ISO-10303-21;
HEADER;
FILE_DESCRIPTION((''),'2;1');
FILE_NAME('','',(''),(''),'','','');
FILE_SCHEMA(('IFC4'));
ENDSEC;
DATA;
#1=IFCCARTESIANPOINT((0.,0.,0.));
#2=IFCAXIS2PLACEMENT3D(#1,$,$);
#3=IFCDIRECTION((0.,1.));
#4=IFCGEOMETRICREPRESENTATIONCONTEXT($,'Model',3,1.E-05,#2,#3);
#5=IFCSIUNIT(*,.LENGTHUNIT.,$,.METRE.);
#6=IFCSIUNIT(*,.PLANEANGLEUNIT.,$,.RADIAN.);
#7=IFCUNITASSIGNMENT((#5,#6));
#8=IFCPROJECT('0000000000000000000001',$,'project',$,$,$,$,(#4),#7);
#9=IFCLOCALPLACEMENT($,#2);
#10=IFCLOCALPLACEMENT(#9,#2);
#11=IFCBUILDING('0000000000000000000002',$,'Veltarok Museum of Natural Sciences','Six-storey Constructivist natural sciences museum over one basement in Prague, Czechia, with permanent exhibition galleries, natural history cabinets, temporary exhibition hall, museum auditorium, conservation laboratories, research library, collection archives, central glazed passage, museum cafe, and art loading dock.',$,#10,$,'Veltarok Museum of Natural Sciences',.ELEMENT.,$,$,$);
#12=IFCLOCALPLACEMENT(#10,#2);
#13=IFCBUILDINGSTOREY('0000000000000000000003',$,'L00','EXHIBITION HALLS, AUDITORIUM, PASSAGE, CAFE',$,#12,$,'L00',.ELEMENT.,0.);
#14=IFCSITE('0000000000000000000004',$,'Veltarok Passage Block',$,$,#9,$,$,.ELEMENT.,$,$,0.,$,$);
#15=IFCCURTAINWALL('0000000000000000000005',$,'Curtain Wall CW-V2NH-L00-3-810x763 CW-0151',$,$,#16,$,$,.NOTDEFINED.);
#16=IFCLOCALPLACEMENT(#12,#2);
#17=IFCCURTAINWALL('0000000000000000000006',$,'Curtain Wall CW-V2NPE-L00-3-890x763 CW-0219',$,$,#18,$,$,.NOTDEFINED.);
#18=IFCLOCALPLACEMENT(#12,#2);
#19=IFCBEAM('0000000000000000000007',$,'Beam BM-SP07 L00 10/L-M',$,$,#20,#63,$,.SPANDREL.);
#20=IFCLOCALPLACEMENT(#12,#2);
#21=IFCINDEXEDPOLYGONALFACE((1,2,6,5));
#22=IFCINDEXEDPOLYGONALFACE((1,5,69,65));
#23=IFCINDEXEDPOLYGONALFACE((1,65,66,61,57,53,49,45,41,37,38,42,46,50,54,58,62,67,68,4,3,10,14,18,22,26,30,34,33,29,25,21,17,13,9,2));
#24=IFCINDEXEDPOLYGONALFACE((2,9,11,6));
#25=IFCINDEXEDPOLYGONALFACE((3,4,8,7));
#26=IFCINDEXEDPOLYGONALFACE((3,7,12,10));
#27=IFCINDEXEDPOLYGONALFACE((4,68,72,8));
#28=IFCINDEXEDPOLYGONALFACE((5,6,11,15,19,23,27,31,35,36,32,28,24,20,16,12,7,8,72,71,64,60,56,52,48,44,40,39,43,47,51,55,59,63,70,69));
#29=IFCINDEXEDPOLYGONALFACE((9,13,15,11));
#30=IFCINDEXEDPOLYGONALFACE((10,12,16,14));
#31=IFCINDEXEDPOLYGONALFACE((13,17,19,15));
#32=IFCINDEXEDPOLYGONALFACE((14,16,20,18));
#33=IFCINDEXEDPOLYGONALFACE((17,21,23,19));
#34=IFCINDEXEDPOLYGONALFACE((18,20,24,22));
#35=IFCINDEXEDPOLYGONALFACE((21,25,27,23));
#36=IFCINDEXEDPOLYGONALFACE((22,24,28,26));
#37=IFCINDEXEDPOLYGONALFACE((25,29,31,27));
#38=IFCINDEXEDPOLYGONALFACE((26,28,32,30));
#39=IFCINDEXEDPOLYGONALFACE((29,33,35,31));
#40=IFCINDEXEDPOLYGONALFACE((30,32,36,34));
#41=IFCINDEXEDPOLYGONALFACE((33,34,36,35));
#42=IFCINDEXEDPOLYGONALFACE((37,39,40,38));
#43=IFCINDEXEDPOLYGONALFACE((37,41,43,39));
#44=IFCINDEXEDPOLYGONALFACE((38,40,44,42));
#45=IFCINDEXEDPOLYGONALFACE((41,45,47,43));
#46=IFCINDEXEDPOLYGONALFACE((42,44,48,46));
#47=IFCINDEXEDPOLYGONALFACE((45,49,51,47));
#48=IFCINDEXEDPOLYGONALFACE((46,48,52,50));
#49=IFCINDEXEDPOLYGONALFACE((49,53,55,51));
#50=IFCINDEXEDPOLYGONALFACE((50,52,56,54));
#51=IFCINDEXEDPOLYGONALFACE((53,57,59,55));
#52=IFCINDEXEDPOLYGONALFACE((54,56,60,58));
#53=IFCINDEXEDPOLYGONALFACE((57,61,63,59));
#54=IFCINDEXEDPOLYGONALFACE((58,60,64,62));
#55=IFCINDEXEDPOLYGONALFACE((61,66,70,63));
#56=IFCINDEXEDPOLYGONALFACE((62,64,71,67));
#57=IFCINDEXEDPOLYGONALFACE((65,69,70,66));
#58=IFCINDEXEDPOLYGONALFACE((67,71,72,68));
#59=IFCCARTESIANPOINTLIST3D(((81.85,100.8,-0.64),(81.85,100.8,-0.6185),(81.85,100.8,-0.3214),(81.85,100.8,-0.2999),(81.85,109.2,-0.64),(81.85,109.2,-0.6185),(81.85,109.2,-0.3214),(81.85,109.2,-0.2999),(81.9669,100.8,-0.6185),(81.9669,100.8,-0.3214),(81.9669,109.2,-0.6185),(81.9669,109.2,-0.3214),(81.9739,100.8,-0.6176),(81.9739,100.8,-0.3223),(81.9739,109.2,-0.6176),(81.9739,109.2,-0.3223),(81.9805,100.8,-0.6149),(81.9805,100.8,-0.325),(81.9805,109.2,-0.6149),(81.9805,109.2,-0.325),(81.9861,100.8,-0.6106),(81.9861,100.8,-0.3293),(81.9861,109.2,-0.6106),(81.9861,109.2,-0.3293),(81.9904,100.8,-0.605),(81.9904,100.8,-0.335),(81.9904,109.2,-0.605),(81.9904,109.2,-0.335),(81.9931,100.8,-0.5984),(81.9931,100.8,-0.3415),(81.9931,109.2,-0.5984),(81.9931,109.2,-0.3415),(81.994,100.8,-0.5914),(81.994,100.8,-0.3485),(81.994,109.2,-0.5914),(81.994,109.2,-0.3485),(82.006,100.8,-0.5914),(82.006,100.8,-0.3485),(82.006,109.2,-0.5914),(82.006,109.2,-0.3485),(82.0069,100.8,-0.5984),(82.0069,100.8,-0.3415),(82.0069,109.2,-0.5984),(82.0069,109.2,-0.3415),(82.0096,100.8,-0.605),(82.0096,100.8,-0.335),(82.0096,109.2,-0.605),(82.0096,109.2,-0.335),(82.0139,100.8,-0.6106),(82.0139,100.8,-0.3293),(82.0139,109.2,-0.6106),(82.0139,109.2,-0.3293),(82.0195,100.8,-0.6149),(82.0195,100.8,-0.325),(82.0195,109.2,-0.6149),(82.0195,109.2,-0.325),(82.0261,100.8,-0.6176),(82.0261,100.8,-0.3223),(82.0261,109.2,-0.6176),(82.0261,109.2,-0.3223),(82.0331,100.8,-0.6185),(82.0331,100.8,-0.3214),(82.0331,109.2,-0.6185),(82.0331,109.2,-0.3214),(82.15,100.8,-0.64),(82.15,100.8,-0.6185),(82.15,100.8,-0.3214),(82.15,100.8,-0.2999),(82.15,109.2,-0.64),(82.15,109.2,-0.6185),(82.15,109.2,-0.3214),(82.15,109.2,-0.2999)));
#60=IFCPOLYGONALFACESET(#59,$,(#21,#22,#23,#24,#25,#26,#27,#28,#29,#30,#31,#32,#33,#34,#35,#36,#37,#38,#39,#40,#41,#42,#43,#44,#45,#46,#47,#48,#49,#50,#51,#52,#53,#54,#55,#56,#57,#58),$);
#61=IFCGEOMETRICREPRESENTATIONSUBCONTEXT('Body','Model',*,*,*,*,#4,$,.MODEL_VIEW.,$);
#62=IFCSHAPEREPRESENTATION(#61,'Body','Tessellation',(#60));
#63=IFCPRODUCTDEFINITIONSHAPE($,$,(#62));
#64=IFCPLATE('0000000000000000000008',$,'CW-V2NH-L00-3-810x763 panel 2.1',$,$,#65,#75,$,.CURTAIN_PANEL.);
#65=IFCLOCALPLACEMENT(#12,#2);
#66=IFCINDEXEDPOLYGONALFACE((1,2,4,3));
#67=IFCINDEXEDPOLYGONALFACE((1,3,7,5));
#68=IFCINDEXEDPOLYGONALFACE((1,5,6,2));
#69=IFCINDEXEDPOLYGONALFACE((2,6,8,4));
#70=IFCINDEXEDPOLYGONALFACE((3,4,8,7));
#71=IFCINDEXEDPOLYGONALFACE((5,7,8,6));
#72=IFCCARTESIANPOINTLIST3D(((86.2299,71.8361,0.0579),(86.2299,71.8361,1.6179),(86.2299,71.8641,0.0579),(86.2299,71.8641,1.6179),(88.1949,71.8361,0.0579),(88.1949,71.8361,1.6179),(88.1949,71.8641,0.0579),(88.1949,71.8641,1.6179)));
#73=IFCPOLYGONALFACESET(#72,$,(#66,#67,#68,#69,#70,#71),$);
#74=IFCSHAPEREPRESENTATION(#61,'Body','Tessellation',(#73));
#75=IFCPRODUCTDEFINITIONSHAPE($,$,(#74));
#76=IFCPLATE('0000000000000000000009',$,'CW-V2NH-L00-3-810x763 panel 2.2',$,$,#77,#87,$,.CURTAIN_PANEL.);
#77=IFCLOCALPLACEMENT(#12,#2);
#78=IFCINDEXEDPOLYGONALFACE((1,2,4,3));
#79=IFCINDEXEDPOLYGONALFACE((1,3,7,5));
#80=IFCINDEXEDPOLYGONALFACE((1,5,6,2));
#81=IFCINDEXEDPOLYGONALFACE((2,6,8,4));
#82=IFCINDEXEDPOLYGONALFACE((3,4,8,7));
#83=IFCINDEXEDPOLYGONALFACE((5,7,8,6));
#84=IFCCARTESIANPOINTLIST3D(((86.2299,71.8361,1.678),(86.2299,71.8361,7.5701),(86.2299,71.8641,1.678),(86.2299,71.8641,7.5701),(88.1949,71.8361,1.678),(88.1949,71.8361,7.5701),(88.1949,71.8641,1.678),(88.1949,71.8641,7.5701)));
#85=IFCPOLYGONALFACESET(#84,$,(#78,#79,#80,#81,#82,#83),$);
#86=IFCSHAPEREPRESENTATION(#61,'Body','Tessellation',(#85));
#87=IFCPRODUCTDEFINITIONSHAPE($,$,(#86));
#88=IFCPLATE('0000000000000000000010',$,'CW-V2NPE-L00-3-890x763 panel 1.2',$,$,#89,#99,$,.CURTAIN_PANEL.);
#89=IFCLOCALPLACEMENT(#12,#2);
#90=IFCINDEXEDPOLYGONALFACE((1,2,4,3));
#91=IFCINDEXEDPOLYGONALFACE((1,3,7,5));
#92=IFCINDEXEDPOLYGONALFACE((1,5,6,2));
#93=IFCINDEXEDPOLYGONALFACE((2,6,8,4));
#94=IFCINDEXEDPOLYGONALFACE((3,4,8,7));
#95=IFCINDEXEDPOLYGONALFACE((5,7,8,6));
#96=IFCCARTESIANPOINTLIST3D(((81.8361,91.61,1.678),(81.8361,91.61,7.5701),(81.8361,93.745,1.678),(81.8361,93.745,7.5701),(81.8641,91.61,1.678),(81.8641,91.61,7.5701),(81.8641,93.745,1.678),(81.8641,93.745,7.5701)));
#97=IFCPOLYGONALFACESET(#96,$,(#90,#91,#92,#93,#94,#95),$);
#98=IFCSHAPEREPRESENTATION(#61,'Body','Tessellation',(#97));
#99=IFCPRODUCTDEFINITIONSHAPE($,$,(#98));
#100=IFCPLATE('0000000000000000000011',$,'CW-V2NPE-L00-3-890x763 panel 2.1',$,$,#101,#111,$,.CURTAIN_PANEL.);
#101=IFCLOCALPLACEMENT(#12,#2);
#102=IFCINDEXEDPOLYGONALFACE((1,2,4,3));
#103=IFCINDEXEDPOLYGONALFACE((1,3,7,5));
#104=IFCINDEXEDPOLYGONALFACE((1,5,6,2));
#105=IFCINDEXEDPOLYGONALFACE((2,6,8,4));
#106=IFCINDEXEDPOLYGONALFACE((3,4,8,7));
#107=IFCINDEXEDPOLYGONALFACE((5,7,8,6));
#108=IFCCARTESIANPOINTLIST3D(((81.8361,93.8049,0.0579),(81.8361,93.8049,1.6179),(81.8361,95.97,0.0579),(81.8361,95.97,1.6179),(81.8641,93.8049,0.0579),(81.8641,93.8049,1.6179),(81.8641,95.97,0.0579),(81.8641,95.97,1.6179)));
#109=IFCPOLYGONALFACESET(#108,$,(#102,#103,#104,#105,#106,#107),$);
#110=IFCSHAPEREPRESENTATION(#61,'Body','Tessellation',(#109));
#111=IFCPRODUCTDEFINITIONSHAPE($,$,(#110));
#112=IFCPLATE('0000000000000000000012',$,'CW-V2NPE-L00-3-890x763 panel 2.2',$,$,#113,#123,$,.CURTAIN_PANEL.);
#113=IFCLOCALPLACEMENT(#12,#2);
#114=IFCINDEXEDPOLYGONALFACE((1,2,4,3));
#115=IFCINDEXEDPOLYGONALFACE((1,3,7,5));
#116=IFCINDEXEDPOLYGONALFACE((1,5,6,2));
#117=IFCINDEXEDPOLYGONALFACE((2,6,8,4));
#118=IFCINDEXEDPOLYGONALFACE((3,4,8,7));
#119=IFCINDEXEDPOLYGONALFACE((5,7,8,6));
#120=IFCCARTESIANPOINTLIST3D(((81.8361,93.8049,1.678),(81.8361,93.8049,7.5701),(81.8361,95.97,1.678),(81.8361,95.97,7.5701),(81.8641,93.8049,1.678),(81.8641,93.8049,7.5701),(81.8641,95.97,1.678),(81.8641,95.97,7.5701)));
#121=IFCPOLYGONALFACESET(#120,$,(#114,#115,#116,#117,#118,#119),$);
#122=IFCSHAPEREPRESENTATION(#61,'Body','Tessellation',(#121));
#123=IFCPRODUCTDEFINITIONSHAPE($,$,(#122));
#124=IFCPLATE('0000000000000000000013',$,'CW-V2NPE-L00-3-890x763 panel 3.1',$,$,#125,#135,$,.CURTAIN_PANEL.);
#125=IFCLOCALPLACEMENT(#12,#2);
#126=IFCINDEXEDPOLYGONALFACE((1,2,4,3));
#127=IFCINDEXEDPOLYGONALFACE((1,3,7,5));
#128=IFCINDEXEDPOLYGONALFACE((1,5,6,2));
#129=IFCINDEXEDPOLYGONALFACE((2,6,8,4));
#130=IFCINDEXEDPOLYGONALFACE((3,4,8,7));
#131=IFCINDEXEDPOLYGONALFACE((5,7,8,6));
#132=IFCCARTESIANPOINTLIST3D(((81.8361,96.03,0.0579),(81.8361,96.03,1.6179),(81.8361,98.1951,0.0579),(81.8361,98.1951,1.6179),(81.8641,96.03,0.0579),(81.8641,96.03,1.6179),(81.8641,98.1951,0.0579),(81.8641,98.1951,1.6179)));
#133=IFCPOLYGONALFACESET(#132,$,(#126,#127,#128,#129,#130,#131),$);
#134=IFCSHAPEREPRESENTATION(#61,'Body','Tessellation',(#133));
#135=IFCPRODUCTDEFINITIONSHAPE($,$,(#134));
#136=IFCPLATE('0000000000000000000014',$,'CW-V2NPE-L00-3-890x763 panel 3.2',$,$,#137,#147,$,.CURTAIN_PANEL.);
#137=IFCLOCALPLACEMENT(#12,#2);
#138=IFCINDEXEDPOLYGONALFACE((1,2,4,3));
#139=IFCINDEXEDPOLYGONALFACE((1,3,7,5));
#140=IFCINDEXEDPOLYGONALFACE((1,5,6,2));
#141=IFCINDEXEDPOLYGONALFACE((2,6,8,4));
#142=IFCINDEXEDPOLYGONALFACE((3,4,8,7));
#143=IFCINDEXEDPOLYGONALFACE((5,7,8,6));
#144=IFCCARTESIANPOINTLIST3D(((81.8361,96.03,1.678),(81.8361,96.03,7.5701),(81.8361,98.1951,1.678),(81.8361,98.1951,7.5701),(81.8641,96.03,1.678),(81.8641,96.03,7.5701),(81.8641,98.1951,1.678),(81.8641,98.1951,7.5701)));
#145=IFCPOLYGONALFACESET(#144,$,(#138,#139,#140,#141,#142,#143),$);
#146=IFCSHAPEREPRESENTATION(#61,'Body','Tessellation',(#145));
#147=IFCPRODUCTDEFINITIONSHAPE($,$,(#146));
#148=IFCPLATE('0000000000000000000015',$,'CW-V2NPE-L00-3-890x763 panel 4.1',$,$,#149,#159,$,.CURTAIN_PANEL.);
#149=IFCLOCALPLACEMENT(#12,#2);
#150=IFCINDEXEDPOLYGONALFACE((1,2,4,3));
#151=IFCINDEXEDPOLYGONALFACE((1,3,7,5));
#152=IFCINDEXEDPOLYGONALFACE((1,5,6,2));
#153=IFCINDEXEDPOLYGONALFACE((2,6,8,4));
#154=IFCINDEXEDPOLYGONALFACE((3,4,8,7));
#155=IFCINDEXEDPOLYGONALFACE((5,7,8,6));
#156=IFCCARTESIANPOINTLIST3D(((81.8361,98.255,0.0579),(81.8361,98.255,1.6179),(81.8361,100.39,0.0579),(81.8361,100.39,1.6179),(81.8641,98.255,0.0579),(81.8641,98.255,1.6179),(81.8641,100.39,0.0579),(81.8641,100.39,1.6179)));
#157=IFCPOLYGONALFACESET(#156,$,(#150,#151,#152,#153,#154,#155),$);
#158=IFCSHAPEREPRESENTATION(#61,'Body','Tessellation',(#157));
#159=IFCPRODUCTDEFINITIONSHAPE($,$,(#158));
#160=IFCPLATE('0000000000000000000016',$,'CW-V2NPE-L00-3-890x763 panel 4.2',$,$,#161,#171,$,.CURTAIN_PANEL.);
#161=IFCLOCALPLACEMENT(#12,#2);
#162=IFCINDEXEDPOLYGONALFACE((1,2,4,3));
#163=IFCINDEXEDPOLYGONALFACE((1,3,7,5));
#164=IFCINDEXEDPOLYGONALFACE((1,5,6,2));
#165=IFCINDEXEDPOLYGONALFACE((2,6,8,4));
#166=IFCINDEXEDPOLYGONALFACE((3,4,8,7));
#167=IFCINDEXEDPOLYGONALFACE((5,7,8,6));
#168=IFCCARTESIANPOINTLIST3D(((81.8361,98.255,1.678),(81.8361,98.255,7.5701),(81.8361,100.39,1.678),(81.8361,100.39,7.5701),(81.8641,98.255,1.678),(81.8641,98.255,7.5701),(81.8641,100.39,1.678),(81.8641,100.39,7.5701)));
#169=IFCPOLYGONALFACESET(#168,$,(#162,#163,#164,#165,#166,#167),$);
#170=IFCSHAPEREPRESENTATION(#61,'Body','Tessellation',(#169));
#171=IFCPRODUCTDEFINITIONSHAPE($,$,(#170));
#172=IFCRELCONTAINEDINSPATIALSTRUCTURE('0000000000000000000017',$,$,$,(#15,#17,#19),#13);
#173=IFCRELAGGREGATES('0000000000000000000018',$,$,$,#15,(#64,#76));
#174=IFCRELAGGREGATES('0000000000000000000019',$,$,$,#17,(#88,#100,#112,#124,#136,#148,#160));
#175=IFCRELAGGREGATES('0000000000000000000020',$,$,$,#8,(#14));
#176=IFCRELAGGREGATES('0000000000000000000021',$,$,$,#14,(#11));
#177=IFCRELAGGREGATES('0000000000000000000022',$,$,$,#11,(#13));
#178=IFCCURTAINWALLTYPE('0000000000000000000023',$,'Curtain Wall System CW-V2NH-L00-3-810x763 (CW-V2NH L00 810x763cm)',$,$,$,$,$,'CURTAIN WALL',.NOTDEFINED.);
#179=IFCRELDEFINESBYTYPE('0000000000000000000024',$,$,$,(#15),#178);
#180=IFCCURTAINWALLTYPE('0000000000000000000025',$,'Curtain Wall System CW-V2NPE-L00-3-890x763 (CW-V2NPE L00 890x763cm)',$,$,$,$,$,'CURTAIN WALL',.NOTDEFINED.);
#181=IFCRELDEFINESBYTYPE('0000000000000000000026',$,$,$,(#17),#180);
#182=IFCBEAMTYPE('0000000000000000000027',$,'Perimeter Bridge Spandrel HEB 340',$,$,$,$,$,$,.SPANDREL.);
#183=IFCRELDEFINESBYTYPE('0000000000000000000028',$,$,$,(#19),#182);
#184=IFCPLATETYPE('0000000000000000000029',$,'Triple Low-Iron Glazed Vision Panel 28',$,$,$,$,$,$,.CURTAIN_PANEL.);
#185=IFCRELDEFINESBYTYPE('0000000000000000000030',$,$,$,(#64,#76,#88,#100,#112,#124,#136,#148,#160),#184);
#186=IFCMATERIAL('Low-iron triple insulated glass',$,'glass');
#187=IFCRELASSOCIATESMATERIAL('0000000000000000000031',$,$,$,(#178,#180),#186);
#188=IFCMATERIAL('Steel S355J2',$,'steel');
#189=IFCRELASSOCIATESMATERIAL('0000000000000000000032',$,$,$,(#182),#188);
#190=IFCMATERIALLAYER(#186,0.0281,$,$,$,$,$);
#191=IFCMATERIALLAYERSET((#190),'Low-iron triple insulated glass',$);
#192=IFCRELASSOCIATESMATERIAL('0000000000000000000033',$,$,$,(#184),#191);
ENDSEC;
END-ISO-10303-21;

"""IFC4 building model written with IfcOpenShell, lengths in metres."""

from ifc_helpers import new_model, si_unit, direction, frame, origin, origin_2d, place, context, subcontext, project, spatial, rectangle, i_section, extrude, material, layer, layer_set, material_profile, profile_set, type_object, element, aggregate, save


model = new_model("IFC4")

# Units and contexts
model_context = context("Model", 3, precision=1e-05, world=origin(), true_north=direction((0.0, 1.0)))
body_context = subcontext(model_context, "Body", "Model", "MODEL_VIEW")
ifc_project = project(units=[si_unit("LENGTHUNIT", "METRE"), si_unit("PLANEANGLEUNIT", "RADIAN")], contexts=[model_context])

# Site, building, storey
site_placement = place(None, origin())
site = spatial("IfcSite", under=ifc_project, at=site_placement, Name="Veltarok Passage Block", CompositionType="ELEMENT", RefElevation=0.0)
building_placement = place(site_placement, origin())
building = spatial("IfcBuilding", under=site, at=building_placement, Name="Veltarok Museum of Natural Sciences", Description="Six-storey Constructivist natural sciences museum over one basement in Prague, Czechia, with permanent exhibition galleries, natural history cabinets, temporary exhibition hall, museum auditorium, conservation laboratories, research library, collection archives, central glazed passage, museum cafe, and art loading dock.", LongName="Veltarok Museum of Natural Sciences", CompositionType="ELEMENT")
storey_placement = place(building_placement, origin())
storey = spatial("IfcBuildingStorey", under=building, at=storey_placement, Name="L00", Description="EXHIBITION HALLS, AUDITORIUM, PASSAGE, CAFE", LongName="L00", CompositionType="ELEMENT", Elevation=0.0)

# Shared definitions
ifc_material_1 = material(Name="Steel S355J2", Category="steel")

# Curtain walls
ifc_material_2 = material(Name="Low-iron triple insulated glass", Category="glass")
curtain_wall_type_1 = type_object("IfcCurtainWallType", Name="Curtain Wall System CW-V2NH-L00-3-810x763 (CW-V2NH L00 810x763cm)", ElementType="CURTAIN WALL", PredefinedType="NOTDEFINED", material=ifc_material_2)
curtain_wall_1_placement = place(storey_placement, origin())
curtain_wall_1 = element("IfcCurtainWall", 1, at=curtain_wall_1_placement, inside=storey, type_object=curtain_wall_type_1, Name="Curtain Wall CW-V2NH-L00-3-810x763 CW-0151", PredefinedType="NOTDEFINED")
curtain_wall_type_2 = type_object("IfcCurtainWallType", Name="Curtain Wall System CW-V2NPE-L00-3-890x763 (CW-V2NPE L00 890x763cm)", ElementType="CURTAIN WALL", PredefinedType="NOTDEFINED", material=ifc_material_2)
curtain_wall_2_placement = place(storey_placement, origin())
curtain_wall_2 = element("IfcCurtainWall", 2, at=curtain_wall_2_placement, inside=storey, type_object=curtain_wall_type_2, Name="Curtain Wall CW-V2NPE-L00-3-890x763 CW-0219", PredefinedType="NOTDEFINED")

# Beam
ifc_material_profile_1 = material_profile(ifc_material_1, i_section(OverallWidth=0.3, OverallDepth=0.3401, WebThickness=0.012, FlangeThickness=0.0215, FilletRadius=0.0271, at=origin_2d()), Name="HEB 340")
ifc_profile_set_1 = profile_set([ifc_material_profile_1], Name="Steel S355J2")
beam_type = type_object("IfcBeamType", Name="Perimeter Bridge Spandrel HEB 340", PredefinedType="SPANDREL", material=ifc_profile_set_1)
beam_1_placement = place(storey_placement, frame((82.0, 100.8, -0.47), z_axis=(0.0, 1.0, 0.0), x_axis=(-1.0, 0.0, 0.0)))
element("IfcBeam", 3, at=beam_1_placement, inside=storey, type_object=beam_type, Name="Beam BM-SP07 L00 10/L-M", PredefinedType="SPANDREL", context=body_context, shape_type="SweptSolid", body=[
    extrude(i_section(OverallWidth=0.3, OverallDepth=0.3401, WebThickness=0.012, FlangeThickness=0.0215, FilletRadius=0.0271, at=origin_2d()), origin(), (0.0, 0.0, 1.0), 8.3999),
])

# Plates
ifc_layer = layer(ifc_material_2, 0.0281)
ifc_layer_set = layer_set([ifc_layer], Name="Low-iron triple insulated glass")
plate_type = type_object("IfcPlateType", Name="Triple Low-Iron Glazed Vision Panel 28", PredefinedType="CURTAIN_PANEL", material=ifc_layer_set)
plate_1_placement = place(storey_placement, frame((87.2124, 71.8501, 0.0579), z_axis=(0.0, 0.0, 1.0), x_axis=(-1.0, 0.0, 0.0)))
plate_1 = element("IfcPlate", 4, at=plate_1_placement, type_object=plate_type, Name="CW-V2NH-L00-3-810x763 panel 2.1", PredefinedType="CURTAIN_PANEL", context=body_context, shape_type="SweptSolid", body=[
    extrude(rectangle(XDim=1.9651, YDim=0.0281, at=origin_2d()), origin(), (0.0, 0.0, 1.0), 1.5601),
])
plate_2_placement = place(storey_placement, frame((87.2124, 71.8501, 1.678), z_axis=(0.0, 0.0, 1.0), x_axis=(-1.0, 0.0, 0.0)))
plate_2 = element("IfcPlate", 5, at=plate_2_placement, type_object=plate_type, Name="CW-V2NH-L00-3-810x763 panel 2.2", PredefinedType="CURTAIN_PANEL", context=body_context, shape_type="SweptSolid", body=[
    extrude(rectangle(XDim=1.9651, YDim=0.0281, at=origin_2d()), origin(), (0.0, 0.0, 1.0), 5.8921),
])
aggregate(curtain_wall_1, [plate_1, plate_2])
plate_3_placement = place(storey_placement, frame((81.8501, 92.6775, 1.678), z_axis=(0.0, 0.0, 1.0), x_axis=(0.0, 1.0, 0.0)))
plate_3 = element("IfcPlate", 6, at=plate_3_placement, type_object=plate_type, Name="CW-V2NPE-L00-3-890x763 panel 1.2", PredefinedType="CURTAIN_PANEL", context=body_context, shape_type="SweptSolid", body=[
    extrude(rectangle(XDim=2.135, YDim=0.0281, at=origin_2d()), origin(), (0.0, 0.0, 1.0), 5.8921),
])
plate_4_placement = place(storey_placement, frame((81.8501, 94.8875, 0.0579), z_axis=(0.0, 0.0, 1.0), x_axis=(0.0, 1.0, 0.0)))
plate_4 = element("IfcPlate", 7, at=plate_4_placement, type_object=plate_type, Name="CW-V2NPE-L00-3-890x763 panel 2.1", PredefinedType="CURTAIN_PANEL", context=body_context, shape_type="SweptSolid", body=[
    extrude(rectangle(XDim=2.165, YDim=0.0281, at=origin_2d()), origin(), (0.0, 0.0, 1.0), 1.5601),
])
plate_5_placement = place(storey_placement, frame((81.8501, 94.8875, 1.678), z_axis=(0.0, 0.0, 1.0), x_axis=(0.0, 1.0, 0.0)))
plate_5 = element("IfcPlate", 8, at=plate_5_placement, type_object=plate_type, Name="CW-V2NPE-L00-3-890x763 panel 2.2", PredefinedType="CURTAIN_PANEL", context=body_context, shape_type="SweptSolid", body=[
    extrude(rectangle(XDim=2.165, YDim=0.0281, at=origin_2d()), origin(), (0.0, 0.0, 1.0), 5.8921),
])
plate_6_placement = place(storey_placement, frame((81.8501, 97.1125, 0.0579), z_axis=(0.0, 0.0, 1.0), x_axis=(0.0, 1.0, 0.0)))
plate_6 = element("IfcPlate", 9, at=plate_6_placement, type_object=plate_type, Name="CW-V2NPE-L00-3-890x763 panel 3.1", PredefinedType="CURTAIN_PANEL", context=body_context, shape_type="SweptSolid", body=[
    extrude(rectangle(XDim=2.165, YDim=0.0281, at=origin_2d()), origin(), (0.0, 0.0, 1.0), 1.5601),
])
plate_7_placement = place(storey_placement, frame((81.8501, 97.1125, 1.678), z_axis=(0.0, 0.0, 1.0), x_axis=(0.0, 1.0, 0.0)))
plate_7 = element("IfcPlate", 10, at=plate_7_placement, type_object=plate_type, Name="CW-V2NPE-L00-3-890x763 panel 3.2", PredefinedType="CURTAIN_PANEL", context=body_context, shape_type="SweptSolid", body=[
    extrude(rectangle(XDim=2.165, YDim=0.0281, at=origin_2d()), origin(), (0.0, 0.0, 1.0), 5.8921),
])
plate_8_placement = place(storey_placement, frame((81.8501, 99.3225, 0.0579), z_axis=(0.0, 0.0, 1.0), x_axis=(0.0, 1.0, 0.0)))
plate_8 = element("IfcPlate", 11, at=plate_8_placement, type_object=plate_type, Name="CW-V2NPE-L00-3-890x763 panel 4.1", PredefinedType="CURTAIN_PANEL", context=body_context, shape_type="SweptSolid", body=[
    extrude(rectangle(XDim=2.135, YDim=0.0281, at=origin_2d()), origin(), (0.0, 0.0, 1.0), 1.5601),
])
plate_9_placement = place(storey_placement, frame((81.8501, 99.3225, 1.678), z_axis=(0.0, 0.0, 1.0), x_axis=(0.0, 1.0, 0.0)))
plate_9 = element("IfcPlate", 12, at=plate_9_placement, type_object=plate_type, Name="CW-V2NPE-L00-3-890x763 panel 4.2", PredefinedType="CURTAIN_PANEL", context=body_context, shape_type="SweptSolid", body=[
    extrude(rectangle(XDim=2.135, YDim=0.0281, at=origin_2d()), origin(), (0.0, 0.0, 1.0), 5.8921),
])
aggregate(curtain_wall_2, [plate_3, plate_4, plate_5, plate_6, plate_7, plate_8, plate_9])

save(model, "model.ifc")
